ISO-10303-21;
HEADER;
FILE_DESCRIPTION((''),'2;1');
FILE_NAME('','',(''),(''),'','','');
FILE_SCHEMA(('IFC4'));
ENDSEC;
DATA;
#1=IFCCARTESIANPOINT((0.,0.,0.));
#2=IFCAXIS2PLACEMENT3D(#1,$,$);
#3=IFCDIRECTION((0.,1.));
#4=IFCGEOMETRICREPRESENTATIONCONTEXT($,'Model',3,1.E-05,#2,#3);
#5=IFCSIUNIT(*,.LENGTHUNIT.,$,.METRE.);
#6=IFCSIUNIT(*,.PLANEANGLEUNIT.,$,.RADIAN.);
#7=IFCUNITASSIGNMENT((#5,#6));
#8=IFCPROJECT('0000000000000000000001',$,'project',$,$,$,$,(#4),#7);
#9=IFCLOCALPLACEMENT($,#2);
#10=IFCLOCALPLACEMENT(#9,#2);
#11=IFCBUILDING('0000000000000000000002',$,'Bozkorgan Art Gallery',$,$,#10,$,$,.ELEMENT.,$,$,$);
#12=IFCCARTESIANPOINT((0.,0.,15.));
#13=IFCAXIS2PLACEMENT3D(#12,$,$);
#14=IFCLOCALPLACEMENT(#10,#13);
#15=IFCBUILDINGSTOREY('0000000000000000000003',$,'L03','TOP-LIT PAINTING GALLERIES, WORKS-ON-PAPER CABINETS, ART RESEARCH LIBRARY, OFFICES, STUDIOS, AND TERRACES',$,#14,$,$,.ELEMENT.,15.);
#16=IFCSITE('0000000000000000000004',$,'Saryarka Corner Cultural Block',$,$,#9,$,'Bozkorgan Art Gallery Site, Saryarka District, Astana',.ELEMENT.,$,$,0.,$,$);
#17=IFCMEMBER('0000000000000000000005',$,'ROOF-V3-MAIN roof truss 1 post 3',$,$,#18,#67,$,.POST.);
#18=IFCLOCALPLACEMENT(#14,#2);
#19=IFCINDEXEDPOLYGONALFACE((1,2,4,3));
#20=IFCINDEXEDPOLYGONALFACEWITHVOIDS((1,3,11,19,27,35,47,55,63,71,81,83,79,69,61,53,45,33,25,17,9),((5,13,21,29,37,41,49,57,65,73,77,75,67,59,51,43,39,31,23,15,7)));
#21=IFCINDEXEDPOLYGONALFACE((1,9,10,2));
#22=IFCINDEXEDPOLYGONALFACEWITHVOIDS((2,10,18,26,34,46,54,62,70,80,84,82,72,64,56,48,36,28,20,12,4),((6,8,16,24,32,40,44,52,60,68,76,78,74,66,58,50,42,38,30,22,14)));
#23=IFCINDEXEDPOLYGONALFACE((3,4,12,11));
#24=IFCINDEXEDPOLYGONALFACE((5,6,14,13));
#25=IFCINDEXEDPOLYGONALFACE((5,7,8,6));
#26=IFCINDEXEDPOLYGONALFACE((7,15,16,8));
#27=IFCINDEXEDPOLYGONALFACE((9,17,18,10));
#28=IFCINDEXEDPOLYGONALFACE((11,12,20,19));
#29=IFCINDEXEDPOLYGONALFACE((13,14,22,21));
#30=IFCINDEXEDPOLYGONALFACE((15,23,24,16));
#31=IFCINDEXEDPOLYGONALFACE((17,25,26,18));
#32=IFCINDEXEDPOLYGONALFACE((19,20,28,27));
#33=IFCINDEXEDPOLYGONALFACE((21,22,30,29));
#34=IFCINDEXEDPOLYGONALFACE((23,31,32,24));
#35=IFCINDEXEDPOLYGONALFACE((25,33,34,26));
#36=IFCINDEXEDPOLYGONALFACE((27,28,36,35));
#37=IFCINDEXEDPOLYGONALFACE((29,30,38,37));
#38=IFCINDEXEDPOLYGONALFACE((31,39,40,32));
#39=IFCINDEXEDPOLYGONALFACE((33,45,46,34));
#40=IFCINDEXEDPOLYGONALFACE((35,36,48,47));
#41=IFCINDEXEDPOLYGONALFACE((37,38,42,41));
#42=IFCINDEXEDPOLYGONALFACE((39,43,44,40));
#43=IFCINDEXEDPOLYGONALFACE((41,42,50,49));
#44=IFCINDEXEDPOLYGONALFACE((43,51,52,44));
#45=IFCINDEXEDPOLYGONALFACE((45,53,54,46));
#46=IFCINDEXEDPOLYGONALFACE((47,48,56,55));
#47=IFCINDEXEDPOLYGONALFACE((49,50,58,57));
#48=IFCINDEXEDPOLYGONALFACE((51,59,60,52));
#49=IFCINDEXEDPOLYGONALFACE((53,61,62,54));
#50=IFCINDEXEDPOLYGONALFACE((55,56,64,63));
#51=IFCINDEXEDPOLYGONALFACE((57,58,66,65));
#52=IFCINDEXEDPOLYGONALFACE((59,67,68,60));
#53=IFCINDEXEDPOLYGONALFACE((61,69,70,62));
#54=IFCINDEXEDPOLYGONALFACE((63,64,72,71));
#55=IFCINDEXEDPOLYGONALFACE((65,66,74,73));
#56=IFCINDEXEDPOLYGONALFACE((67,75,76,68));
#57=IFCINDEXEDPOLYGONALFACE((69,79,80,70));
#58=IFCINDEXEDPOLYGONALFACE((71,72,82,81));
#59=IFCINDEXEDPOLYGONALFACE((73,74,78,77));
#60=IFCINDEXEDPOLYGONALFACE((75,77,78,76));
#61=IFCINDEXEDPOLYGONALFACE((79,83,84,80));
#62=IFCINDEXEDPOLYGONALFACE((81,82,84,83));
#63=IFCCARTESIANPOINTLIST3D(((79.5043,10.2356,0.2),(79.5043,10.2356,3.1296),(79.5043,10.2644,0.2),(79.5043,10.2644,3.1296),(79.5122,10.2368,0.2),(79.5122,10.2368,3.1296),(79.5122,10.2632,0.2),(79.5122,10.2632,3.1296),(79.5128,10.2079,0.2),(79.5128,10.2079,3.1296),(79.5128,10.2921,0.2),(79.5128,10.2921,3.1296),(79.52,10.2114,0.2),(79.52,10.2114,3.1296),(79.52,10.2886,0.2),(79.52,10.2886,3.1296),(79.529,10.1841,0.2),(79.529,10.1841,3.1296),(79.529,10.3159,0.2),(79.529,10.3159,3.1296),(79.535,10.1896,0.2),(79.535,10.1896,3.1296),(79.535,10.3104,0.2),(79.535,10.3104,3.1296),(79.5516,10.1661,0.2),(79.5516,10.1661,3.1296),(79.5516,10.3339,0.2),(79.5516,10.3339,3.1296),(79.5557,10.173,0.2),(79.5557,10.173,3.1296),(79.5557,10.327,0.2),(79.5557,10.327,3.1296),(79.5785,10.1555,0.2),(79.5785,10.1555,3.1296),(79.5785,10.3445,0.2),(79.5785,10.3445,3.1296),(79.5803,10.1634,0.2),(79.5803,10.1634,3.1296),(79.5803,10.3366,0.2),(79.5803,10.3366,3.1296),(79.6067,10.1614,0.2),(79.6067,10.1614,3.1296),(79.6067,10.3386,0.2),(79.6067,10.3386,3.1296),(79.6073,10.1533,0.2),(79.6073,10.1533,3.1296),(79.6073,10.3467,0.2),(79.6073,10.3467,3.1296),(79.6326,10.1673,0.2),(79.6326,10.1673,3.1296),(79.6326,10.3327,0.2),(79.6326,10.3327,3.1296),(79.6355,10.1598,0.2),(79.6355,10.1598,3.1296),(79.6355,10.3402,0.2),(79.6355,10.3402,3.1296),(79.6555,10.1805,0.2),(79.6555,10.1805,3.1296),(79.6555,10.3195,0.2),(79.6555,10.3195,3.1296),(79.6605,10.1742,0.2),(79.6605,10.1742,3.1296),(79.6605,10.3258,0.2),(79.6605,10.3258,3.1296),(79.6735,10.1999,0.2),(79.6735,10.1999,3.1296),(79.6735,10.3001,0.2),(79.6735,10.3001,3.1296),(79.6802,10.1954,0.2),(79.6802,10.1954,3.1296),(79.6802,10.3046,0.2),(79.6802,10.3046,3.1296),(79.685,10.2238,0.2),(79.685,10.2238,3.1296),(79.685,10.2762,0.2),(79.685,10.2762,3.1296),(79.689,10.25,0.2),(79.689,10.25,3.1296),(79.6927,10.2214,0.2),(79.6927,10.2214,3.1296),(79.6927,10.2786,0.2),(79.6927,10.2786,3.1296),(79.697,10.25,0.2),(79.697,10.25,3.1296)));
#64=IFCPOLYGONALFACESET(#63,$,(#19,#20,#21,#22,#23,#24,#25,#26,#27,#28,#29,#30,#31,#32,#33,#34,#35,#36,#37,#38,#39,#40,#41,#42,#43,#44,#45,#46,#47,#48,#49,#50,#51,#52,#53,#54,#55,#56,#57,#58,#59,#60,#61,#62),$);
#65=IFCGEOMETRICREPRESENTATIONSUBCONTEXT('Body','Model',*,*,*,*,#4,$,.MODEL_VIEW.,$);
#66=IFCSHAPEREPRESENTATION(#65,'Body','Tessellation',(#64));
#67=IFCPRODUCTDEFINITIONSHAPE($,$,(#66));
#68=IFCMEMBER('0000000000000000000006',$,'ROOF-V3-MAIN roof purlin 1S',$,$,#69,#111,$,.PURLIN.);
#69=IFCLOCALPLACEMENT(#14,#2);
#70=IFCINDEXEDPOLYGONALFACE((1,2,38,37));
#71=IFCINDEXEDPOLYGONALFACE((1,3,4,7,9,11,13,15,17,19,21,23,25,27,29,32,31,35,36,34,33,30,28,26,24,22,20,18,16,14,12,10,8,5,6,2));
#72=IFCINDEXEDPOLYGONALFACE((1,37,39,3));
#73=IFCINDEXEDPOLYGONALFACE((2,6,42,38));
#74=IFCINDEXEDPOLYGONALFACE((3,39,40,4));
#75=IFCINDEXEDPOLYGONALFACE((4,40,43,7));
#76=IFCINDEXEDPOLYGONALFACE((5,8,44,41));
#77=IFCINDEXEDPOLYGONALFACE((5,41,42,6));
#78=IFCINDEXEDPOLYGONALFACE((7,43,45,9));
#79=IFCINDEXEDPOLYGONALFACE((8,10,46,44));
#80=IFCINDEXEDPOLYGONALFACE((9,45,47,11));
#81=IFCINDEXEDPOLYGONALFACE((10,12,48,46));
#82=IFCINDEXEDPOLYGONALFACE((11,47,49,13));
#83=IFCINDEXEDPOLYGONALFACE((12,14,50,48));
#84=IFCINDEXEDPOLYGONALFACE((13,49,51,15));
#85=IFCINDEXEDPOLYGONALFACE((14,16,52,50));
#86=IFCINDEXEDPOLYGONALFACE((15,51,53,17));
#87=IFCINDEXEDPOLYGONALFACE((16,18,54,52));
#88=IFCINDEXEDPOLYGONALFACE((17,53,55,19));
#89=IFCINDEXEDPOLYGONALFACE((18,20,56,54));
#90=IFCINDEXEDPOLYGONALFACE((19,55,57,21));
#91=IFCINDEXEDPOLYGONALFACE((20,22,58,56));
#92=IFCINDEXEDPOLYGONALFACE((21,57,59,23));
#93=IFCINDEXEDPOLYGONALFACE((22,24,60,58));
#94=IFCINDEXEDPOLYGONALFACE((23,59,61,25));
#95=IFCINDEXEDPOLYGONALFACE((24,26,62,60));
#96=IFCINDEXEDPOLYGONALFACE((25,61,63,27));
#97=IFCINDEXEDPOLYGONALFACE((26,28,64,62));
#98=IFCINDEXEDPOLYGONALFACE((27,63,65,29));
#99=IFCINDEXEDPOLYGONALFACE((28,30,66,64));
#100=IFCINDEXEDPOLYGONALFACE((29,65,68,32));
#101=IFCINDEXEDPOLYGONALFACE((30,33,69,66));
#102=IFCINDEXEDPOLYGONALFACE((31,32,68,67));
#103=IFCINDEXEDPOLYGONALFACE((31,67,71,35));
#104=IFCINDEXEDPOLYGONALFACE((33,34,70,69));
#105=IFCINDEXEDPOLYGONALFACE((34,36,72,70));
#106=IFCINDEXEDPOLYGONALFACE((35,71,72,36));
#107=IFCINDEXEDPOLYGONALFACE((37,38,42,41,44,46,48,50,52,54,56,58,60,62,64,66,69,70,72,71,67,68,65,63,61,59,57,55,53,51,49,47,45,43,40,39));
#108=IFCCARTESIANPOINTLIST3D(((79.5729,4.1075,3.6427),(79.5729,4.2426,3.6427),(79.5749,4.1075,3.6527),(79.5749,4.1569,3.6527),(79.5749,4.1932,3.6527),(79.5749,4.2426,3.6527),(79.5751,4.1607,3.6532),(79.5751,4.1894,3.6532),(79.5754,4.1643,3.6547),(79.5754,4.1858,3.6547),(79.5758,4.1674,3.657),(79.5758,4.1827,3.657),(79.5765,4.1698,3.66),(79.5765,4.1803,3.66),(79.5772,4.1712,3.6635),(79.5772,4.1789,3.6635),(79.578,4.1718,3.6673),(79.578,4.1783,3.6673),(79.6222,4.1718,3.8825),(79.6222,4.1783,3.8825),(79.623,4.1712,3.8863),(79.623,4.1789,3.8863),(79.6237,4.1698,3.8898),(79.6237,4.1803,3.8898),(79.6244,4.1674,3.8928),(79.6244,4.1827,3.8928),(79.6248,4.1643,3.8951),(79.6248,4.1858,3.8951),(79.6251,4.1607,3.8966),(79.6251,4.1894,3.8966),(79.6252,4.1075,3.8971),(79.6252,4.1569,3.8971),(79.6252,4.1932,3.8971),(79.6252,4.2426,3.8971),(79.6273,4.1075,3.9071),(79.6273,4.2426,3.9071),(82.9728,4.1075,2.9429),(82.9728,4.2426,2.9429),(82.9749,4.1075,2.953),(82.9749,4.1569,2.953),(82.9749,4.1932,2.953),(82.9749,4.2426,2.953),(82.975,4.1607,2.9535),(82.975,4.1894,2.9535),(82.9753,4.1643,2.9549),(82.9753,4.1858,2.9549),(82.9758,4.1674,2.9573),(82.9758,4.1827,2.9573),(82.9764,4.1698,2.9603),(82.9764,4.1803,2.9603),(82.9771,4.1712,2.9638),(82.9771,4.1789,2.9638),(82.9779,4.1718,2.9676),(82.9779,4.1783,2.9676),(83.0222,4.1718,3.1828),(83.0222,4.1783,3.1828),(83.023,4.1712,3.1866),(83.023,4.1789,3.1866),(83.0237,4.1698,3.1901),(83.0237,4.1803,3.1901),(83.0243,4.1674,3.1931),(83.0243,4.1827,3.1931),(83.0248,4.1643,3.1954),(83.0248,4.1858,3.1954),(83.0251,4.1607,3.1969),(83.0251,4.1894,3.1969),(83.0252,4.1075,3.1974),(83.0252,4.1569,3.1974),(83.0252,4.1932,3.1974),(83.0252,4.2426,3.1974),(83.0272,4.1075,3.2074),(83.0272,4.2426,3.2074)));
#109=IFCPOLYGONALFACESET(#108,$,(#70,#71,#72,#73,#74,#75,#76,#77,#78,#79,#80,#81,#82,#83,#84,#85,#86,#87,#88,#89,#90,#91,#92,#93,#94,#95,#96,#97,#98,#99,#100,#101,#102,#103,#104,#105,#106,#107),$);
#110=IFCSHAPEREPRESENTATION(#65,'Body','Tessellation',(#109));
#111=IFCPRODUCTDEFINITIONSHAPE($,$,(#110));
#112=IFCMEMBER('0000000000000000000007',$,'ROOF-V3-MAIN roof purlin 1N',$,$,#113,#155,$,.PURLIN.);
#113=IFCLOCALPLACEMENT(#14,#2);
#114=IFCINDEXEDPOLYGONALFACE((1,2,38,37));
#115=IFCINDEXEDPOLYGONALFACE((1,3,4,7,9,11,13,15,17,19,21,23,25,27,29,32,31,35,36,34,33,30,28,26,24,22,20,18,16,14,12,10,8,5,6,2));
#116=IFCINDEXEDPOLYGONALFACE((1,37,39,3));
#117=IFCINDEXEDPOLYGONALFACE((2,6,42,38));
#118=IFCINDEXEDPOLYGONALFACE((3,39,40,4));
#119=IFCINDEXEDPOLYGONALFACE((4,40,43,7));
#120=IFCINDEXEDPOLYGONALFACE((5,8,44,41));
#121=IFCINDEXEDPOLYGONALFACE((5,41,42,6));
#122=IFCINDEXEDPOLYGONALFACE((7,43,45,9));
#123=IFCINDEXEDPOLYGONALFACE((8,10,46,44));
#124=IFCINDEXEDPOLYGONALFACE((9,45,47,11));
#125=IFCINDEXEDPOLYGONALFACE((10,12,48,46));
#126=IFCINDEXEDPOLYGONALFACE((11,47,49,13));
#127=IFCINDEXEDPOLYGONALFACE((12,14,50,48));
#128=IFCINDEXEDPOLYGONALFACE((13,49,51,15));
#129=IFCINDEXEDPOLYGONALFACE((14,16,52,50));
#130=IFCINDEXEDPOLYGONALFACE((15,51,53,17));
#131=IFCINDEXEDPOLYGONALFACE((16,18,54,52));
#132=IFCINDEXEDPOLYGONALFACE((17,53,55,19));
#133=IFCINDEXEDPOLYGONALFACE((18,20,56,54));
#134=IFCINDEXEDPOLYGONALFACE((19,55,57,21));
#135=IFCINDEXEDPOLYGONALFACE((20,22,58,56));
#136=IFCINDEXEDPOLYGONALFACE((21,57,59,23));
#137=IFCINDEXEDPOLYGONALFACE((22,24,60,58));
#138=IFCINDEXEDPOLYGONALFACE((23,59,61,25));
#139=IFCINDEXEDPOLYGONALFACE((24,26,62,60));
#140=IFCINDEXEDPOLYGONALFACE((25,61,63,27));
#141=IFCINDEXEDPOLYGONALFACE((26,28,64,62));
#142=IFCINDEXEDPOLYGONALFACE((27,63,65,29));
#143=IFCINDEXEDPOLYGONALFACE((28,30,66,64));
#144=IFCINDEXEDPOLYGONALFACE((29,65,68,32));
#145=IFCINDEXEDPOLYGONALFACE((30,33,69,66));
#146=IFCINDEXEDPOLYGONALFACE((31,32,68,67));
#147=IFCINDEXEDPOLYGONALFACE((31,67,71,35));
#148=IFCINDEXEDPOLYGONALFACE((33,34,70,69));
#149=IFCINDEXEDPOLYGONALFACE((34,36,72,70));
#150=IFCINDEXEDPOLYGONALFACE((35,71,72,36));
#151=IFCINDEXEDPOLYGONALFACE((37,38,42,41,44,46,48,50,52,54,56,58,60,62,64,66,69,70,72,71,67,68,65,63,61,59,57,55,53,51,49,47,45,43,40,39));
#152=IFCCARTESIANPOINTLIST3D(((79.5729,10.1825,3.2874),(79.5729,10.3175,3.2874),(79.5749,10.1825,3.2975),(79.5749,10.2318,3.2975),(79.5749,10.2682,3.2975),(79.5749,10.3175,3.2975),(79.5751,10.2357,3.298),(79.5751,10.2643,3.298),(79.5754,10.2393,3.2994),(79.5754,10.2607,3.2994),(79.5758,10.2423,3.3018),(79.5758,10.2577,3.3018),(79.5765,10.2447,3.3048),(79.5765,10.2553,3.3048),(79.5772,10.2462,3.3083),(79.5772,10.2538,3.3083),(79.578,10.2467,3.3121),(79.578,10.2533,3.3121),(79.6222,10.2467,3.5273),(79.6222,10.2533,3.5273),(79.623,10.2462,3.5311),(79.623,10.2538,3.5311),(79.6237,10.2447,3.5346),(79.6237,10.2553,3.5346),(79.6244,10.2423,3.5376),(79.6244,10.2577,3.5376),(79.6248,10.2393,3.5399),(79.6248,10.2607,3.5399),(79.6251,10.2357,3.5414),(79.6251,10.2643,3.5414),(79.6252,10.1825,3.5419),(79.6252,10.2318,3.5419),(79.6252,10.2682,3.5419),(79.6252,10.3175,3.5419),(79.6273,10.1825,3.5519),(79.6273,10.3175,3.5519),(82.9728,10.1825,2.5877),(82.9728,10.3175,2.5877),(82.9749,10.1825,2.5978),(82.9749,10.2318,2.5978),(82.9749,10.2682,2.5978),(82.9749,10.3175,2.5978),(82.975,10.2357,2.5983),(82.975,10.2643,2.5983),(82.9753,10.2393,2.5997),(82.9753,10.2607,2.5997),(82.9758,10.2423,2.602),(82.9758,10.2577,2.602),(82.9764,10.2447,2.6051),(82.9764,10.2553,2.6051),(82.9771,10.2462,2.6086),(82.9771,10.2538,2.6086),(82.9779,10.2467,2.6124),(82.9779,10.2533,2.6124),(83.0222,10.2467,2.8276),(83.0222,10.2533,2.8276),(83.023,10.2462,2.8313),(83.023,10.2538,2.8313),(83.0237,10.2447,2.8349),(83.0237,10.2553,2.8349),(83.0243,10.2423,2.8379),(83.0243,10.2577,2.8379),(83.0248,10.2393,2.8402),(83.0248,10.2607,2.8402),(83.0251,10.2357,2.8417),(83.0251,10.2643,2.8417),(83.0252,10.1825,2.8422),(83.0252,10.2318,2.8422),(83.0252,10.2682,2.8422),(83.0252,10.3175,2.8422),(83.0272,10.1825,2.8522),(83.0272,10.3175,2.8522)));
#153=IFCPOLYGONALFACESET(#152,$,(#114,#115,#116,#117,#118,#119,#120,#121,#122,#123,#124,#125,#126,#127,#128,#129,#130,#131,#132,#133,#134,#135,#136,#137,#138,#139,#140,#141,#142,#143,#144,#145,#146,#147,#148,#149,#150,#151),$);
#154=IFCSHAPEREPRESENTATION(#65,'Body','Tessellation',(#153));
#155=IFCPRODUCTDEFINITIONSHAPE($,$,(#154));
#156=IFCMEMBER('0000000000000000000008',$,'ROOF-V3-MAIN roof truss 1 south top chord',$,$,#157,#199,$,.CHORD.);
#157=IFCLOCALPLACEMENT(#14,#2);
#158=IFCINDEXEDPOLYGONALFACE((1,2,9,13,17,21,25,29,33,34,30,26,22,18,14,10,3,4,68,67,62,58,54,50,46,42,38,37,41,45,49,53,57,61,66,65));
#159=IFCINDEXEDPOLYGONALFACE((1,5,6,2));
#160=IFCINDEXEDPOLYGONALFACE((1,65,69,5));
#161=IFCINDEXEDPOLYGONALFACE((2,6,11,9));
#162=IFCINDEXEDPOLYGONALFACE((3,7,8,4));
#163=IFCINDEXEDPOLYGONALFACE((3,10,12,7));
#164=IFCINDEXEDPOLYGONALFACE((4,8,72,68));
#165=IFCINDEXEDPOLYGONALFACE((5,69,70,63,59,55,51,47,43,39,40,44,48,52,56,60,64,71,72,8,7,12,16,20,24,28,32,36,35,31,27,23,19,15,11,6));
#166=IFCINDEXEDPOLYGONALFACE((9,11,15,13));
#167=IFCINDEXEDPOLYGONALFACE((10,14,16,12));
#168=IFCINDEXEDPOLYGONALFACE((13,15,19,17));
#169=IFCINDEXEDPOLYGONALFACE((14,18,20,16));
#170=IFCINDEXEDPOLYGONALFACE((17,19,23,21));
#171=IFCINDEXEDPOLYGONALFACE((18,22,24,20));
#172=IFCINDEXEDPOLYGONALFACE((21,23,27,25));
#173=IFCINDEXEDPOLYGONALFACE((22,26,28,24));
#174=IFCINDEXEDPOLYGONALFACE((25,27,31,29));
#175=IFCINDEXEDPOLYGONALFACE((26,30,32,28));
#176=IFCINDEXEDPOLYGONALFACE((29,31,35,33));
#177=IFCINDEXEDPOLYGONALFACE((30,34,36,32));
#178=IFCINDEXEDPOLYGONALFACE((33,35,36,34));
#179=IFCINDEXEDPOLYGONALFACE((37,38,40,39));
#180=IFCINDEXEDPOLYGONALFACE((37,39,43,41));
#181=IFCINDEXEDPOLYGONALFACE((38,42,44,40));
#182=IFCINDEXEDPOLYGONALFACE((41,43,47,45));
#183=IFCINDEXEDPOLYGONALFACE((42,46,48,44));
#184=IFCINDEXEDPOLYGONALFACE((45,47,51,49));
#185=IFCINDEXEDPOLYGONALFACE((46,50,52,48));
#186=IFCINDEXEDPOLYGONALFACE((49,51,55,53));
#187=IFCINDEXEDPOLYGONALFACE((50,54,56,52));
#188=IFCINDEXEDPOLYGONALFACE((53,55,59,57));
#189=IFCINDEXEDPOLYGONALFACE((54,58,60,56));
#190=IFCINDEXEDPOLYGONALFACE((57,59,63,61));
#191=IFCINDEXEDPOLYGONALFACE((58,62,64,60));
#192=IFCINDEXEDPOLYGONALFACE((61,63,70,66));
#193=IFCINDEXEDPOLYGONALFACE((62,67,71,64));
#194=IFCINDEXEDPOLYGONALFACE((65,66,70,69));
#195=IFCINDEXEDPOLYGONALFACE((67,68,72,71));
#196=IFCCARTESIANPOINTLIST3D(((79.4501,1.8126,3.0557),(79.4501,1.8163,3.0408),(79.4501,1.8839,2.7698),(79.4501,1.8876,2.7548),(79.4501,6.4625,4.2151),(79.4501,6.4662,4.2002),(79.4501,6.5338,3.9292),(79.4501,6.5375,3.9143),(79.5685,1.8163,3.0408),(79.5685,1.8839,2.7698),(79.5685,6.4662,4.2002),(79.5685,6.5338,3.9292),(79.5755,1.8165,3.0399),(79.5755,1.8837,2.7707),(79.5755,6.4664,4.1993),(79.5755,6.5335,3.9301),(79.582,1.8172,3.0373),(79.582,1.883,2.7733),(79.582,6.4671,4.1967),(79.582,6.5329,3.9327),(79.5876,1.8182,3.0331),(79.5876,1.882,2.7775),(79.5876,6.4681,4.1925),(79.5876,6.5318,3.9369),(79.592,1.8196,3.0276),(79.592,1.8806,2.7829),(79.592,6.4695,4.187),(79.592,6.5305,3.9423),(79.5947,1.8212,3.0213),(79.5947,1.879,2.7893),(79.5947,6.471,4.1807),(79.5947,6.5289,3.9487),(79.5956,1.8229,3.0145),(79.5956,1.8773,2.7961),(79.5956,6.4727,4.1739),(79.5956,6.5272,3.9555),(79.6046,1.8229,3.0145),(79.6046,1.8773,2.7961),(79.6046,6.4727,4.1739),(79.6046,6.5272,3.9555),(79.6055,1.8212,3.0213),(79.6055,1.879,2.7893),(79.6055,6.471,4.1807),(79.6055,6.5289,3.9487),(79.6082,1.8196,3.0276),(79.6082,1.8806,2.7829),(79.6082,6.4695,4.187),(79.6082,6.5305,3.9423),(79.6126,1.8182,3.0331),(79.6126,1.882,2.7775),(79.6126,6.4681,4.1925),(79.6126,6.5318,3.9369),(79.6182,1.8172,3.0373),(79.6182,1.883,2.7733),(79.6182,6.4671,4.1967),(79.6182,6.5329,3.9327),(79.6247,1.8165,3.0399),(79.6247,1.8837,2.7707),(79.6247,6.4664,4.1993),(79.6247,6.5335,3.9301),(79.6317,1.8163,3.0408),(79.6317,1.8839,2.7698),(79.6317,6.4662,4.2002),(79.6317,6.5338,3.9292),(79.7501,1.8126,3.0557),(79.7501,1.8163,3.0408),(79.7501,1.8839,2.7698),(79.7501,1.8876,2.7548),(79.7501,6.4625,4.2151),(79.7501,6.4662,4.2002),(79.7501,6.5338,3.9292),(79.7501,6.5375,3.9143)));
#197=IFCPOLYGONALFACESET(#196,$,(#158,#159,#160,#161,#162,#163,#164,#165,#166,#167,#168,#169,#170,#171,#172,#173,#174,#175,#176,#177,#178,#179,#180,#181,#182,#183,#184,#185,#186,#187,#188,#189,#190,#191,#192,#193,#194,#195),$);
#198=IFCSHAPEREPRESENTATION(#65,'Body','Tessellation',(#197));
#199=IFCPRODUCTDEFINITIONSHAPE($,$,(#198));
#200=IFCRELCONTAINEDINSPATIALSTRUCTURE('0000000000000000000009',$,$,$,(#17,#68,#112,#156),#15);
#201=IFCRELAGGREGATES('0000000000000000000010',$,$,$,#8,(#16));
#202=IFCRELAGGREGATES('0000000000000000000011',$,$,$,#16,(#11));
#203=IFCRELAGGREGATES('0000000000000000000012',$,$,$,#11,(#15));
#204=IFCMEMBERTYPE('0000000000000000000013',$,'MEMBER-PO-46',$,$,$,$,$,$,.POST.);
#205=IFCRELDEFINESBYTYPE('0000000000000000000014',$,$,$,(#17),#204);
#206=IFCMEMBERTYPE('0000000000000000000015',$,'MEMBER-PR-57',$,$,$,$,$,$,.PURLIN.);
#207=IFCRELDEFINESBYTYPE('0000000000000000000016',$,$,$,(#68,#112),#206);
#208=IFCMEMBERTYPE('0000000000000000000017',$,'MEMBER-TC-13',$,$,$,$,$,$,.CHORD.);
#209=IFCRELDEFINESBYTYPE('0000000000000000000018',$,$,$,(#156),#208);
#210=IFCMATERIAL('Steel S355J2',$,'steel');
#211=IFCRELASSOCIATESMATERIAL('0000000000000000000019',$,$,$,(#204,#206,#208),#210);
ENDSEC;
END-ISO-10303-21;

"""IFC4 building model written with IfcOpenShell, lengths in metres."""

from ifc_helpers import new_model, si_unit, direction, frame, origin, origin_2d, place, context, subcontext, project, spatial, hollow_circle, i_section, extrude, material, material_profile, profile_set, type_object, element, save


model = new_model("IFC4")

# Units and contexts
model_context = context("Model", 3, precision=1e-05, world=origin(), true_north=direction((0.0, 1.0)))
body_context = subcontext(model_context, "Body", "Model", "MODEL_VIEW")
ifc_project = project(units=[si_unit("LENGTHUNIT", "METRE"), si_unit("PLANEANGLEUNIT", "RADIAN")], contexts=[model_context])

# Site, building, storey
site_placement = place(None, origin())
site = spatial("IfcSite", under=ifc_project, at=site_placement, Name="Saryarka Corner Cultural Block", LongName="Bozkorgan Art Gallery Site, Saryarka District, Astana", CompositionType="ELEMENT", RefElevation=0.0)
building_placement = place(site_placement, origin())
building = spatial("IfcBuilding", under=site, at=building_placement, Name="Bozkorgan Art Gallery", CompositionType="ELEMENT")
storey_placement = place(building_placement, frame((0.0, 0.0, 15.0)))
storey = spatial("IfcBuildingStorey", under=building, at=storey_placement, Name="L03", Description="TOP-LIT PAINTING GALLERIES, WORKS-ON-PAPER CABINETS, ART RESEARCH LIBRARY, OFFICES, STUDIOS, AND TERRACES", CompositionType="ELEMENT", Elevation=15.0)

# Shared definitions
ifc_material_1 = material(Name="Steel S355J2", Category="steel")

# Members
ifc_material_profile_1 = material_profile(ifc_material_1, hollow_circle(Radius=0.0969, WallThickness=0.0081, at=origin_2d()), Name="CHS 193.7x8")
ifc_profile_set_1 = profile_set([ifc_material_profile_1], Name="Steel S355J2")
member_type_1 = type_object("IfcMemberType", Name="MEMBER-PO-46", PredefinedType="POST", material=ifc_profile_set_1)
member_1_placement = place(storey_placement, frame((79.6001, 10.25, 0.2), z_axis=(0.0, 0.0, 1.0), x_axis=(1.0, 0.0, 0.0)))
element("IfcMember", 1, at=member_1_placement, inside=storey, type_object=member_type_1, Name="ROOF-V3-MAIN roof truss 1 post 3", PredefinedType="POST", context=body_context, shape_type="SweptSolid", body=[
    extrude(hollow_circle(Radius=0.0969, WallThickness=0.0081, at=origin_2d()), origin(), (0.0, 0.0, 1.0), 2.9297),
])
ifc_material_profile_2 = material_profile(ifc_material_1, i_section(OverallWidth=0.135, OverallDepth=0.27, WebThickness=0.0066, FlangeThickness=0.0103, FilletRadius=0.0149, at=origin_2d()), Name="IPE 270")
ifc_profile_set_2 = profile_set([ifc_material_profile_2], Name="Steel S355J2")
member_type_2 = type_object("IfcMemberType", Name="MEMBER-PR-57", PredefinedType="PURLIN", material=ifc_profile_set_2)
for number, where, z_axis, x_axis, name in (
    (2, (79.6001, 4.175, 3.7749), (0.979473, 0.0, -0.201578), (0.0, 1.0, 0.0), "ROOF-V3-MAIN roof purlin 1S"),
    (3, (79.6001, 10.25, 3.4197), (0.979473, 0.0, -0.201578), (0.0, 1.0, 0.0), "ROOF-V3-MAIN roof purlin 1N"),
):
    element("IfcMember", number, at=place(storey_placement, frame(where, z_axis=z_axis, x_axis=x_axis)), inside=storey, type_object=member_type_2, Name=name, PredefinedType="PURLIN", context=body_context, shape_type="SweptSolid", body=[
        extrude(i_section(OverallWidth=0.135, OverallDepth=0.27, WebThickness=0.0066, FlangeThickness=0.0103, FilletRadius=0.0149, at=origin_2d()), origin(), (0.0, 0.0, 1.0), 3.4712),
    ])
ifc_material_profile_3 = material_profile(ifc_material_1, i_section(OverallWidth=0.3, OverallDepth=0.3101, WebThickness=0.009, FlangeThickness=0.0154, FilletRadius=0.0271, at=origin_2d()), Name="HEA 320")
ifc_profile_set_3 = profile_set([ifc_material_profile_3], Name="Steel S355J2")
member_type_3 = type_object("IfcMemberType", Name="MEMBER-TC-13", PredefinedType="CHORD", material=ifc_profile_set_3)
member_2_placement = place(storey_placement, frame((79.6001, 1.8501, 2.9053), z_axis=(0.0, 0.970292, 0.241936), x_axis=(-1.0, 0.0, 0.0)))
element("IfcMember", 4, at=member_2_placement, inside=storey, type_object=member_type_3, Name="ROOF-V3-MAIN roof truss 1 south top chord", PredefinedType="CHORD", context=body_context, shape_type="SweptSolid", body=[
    extrude(i_section(OverallWidth=0.3, OverallDepth=0.3101, WebThickness=0.009, FlangeThickness=0.0154, FilletRadius=0.0271, at=origin_2d()), origin(), (0.0, 0.0, 1.0), 4.7922),
])

save(model, "model.ifc")
